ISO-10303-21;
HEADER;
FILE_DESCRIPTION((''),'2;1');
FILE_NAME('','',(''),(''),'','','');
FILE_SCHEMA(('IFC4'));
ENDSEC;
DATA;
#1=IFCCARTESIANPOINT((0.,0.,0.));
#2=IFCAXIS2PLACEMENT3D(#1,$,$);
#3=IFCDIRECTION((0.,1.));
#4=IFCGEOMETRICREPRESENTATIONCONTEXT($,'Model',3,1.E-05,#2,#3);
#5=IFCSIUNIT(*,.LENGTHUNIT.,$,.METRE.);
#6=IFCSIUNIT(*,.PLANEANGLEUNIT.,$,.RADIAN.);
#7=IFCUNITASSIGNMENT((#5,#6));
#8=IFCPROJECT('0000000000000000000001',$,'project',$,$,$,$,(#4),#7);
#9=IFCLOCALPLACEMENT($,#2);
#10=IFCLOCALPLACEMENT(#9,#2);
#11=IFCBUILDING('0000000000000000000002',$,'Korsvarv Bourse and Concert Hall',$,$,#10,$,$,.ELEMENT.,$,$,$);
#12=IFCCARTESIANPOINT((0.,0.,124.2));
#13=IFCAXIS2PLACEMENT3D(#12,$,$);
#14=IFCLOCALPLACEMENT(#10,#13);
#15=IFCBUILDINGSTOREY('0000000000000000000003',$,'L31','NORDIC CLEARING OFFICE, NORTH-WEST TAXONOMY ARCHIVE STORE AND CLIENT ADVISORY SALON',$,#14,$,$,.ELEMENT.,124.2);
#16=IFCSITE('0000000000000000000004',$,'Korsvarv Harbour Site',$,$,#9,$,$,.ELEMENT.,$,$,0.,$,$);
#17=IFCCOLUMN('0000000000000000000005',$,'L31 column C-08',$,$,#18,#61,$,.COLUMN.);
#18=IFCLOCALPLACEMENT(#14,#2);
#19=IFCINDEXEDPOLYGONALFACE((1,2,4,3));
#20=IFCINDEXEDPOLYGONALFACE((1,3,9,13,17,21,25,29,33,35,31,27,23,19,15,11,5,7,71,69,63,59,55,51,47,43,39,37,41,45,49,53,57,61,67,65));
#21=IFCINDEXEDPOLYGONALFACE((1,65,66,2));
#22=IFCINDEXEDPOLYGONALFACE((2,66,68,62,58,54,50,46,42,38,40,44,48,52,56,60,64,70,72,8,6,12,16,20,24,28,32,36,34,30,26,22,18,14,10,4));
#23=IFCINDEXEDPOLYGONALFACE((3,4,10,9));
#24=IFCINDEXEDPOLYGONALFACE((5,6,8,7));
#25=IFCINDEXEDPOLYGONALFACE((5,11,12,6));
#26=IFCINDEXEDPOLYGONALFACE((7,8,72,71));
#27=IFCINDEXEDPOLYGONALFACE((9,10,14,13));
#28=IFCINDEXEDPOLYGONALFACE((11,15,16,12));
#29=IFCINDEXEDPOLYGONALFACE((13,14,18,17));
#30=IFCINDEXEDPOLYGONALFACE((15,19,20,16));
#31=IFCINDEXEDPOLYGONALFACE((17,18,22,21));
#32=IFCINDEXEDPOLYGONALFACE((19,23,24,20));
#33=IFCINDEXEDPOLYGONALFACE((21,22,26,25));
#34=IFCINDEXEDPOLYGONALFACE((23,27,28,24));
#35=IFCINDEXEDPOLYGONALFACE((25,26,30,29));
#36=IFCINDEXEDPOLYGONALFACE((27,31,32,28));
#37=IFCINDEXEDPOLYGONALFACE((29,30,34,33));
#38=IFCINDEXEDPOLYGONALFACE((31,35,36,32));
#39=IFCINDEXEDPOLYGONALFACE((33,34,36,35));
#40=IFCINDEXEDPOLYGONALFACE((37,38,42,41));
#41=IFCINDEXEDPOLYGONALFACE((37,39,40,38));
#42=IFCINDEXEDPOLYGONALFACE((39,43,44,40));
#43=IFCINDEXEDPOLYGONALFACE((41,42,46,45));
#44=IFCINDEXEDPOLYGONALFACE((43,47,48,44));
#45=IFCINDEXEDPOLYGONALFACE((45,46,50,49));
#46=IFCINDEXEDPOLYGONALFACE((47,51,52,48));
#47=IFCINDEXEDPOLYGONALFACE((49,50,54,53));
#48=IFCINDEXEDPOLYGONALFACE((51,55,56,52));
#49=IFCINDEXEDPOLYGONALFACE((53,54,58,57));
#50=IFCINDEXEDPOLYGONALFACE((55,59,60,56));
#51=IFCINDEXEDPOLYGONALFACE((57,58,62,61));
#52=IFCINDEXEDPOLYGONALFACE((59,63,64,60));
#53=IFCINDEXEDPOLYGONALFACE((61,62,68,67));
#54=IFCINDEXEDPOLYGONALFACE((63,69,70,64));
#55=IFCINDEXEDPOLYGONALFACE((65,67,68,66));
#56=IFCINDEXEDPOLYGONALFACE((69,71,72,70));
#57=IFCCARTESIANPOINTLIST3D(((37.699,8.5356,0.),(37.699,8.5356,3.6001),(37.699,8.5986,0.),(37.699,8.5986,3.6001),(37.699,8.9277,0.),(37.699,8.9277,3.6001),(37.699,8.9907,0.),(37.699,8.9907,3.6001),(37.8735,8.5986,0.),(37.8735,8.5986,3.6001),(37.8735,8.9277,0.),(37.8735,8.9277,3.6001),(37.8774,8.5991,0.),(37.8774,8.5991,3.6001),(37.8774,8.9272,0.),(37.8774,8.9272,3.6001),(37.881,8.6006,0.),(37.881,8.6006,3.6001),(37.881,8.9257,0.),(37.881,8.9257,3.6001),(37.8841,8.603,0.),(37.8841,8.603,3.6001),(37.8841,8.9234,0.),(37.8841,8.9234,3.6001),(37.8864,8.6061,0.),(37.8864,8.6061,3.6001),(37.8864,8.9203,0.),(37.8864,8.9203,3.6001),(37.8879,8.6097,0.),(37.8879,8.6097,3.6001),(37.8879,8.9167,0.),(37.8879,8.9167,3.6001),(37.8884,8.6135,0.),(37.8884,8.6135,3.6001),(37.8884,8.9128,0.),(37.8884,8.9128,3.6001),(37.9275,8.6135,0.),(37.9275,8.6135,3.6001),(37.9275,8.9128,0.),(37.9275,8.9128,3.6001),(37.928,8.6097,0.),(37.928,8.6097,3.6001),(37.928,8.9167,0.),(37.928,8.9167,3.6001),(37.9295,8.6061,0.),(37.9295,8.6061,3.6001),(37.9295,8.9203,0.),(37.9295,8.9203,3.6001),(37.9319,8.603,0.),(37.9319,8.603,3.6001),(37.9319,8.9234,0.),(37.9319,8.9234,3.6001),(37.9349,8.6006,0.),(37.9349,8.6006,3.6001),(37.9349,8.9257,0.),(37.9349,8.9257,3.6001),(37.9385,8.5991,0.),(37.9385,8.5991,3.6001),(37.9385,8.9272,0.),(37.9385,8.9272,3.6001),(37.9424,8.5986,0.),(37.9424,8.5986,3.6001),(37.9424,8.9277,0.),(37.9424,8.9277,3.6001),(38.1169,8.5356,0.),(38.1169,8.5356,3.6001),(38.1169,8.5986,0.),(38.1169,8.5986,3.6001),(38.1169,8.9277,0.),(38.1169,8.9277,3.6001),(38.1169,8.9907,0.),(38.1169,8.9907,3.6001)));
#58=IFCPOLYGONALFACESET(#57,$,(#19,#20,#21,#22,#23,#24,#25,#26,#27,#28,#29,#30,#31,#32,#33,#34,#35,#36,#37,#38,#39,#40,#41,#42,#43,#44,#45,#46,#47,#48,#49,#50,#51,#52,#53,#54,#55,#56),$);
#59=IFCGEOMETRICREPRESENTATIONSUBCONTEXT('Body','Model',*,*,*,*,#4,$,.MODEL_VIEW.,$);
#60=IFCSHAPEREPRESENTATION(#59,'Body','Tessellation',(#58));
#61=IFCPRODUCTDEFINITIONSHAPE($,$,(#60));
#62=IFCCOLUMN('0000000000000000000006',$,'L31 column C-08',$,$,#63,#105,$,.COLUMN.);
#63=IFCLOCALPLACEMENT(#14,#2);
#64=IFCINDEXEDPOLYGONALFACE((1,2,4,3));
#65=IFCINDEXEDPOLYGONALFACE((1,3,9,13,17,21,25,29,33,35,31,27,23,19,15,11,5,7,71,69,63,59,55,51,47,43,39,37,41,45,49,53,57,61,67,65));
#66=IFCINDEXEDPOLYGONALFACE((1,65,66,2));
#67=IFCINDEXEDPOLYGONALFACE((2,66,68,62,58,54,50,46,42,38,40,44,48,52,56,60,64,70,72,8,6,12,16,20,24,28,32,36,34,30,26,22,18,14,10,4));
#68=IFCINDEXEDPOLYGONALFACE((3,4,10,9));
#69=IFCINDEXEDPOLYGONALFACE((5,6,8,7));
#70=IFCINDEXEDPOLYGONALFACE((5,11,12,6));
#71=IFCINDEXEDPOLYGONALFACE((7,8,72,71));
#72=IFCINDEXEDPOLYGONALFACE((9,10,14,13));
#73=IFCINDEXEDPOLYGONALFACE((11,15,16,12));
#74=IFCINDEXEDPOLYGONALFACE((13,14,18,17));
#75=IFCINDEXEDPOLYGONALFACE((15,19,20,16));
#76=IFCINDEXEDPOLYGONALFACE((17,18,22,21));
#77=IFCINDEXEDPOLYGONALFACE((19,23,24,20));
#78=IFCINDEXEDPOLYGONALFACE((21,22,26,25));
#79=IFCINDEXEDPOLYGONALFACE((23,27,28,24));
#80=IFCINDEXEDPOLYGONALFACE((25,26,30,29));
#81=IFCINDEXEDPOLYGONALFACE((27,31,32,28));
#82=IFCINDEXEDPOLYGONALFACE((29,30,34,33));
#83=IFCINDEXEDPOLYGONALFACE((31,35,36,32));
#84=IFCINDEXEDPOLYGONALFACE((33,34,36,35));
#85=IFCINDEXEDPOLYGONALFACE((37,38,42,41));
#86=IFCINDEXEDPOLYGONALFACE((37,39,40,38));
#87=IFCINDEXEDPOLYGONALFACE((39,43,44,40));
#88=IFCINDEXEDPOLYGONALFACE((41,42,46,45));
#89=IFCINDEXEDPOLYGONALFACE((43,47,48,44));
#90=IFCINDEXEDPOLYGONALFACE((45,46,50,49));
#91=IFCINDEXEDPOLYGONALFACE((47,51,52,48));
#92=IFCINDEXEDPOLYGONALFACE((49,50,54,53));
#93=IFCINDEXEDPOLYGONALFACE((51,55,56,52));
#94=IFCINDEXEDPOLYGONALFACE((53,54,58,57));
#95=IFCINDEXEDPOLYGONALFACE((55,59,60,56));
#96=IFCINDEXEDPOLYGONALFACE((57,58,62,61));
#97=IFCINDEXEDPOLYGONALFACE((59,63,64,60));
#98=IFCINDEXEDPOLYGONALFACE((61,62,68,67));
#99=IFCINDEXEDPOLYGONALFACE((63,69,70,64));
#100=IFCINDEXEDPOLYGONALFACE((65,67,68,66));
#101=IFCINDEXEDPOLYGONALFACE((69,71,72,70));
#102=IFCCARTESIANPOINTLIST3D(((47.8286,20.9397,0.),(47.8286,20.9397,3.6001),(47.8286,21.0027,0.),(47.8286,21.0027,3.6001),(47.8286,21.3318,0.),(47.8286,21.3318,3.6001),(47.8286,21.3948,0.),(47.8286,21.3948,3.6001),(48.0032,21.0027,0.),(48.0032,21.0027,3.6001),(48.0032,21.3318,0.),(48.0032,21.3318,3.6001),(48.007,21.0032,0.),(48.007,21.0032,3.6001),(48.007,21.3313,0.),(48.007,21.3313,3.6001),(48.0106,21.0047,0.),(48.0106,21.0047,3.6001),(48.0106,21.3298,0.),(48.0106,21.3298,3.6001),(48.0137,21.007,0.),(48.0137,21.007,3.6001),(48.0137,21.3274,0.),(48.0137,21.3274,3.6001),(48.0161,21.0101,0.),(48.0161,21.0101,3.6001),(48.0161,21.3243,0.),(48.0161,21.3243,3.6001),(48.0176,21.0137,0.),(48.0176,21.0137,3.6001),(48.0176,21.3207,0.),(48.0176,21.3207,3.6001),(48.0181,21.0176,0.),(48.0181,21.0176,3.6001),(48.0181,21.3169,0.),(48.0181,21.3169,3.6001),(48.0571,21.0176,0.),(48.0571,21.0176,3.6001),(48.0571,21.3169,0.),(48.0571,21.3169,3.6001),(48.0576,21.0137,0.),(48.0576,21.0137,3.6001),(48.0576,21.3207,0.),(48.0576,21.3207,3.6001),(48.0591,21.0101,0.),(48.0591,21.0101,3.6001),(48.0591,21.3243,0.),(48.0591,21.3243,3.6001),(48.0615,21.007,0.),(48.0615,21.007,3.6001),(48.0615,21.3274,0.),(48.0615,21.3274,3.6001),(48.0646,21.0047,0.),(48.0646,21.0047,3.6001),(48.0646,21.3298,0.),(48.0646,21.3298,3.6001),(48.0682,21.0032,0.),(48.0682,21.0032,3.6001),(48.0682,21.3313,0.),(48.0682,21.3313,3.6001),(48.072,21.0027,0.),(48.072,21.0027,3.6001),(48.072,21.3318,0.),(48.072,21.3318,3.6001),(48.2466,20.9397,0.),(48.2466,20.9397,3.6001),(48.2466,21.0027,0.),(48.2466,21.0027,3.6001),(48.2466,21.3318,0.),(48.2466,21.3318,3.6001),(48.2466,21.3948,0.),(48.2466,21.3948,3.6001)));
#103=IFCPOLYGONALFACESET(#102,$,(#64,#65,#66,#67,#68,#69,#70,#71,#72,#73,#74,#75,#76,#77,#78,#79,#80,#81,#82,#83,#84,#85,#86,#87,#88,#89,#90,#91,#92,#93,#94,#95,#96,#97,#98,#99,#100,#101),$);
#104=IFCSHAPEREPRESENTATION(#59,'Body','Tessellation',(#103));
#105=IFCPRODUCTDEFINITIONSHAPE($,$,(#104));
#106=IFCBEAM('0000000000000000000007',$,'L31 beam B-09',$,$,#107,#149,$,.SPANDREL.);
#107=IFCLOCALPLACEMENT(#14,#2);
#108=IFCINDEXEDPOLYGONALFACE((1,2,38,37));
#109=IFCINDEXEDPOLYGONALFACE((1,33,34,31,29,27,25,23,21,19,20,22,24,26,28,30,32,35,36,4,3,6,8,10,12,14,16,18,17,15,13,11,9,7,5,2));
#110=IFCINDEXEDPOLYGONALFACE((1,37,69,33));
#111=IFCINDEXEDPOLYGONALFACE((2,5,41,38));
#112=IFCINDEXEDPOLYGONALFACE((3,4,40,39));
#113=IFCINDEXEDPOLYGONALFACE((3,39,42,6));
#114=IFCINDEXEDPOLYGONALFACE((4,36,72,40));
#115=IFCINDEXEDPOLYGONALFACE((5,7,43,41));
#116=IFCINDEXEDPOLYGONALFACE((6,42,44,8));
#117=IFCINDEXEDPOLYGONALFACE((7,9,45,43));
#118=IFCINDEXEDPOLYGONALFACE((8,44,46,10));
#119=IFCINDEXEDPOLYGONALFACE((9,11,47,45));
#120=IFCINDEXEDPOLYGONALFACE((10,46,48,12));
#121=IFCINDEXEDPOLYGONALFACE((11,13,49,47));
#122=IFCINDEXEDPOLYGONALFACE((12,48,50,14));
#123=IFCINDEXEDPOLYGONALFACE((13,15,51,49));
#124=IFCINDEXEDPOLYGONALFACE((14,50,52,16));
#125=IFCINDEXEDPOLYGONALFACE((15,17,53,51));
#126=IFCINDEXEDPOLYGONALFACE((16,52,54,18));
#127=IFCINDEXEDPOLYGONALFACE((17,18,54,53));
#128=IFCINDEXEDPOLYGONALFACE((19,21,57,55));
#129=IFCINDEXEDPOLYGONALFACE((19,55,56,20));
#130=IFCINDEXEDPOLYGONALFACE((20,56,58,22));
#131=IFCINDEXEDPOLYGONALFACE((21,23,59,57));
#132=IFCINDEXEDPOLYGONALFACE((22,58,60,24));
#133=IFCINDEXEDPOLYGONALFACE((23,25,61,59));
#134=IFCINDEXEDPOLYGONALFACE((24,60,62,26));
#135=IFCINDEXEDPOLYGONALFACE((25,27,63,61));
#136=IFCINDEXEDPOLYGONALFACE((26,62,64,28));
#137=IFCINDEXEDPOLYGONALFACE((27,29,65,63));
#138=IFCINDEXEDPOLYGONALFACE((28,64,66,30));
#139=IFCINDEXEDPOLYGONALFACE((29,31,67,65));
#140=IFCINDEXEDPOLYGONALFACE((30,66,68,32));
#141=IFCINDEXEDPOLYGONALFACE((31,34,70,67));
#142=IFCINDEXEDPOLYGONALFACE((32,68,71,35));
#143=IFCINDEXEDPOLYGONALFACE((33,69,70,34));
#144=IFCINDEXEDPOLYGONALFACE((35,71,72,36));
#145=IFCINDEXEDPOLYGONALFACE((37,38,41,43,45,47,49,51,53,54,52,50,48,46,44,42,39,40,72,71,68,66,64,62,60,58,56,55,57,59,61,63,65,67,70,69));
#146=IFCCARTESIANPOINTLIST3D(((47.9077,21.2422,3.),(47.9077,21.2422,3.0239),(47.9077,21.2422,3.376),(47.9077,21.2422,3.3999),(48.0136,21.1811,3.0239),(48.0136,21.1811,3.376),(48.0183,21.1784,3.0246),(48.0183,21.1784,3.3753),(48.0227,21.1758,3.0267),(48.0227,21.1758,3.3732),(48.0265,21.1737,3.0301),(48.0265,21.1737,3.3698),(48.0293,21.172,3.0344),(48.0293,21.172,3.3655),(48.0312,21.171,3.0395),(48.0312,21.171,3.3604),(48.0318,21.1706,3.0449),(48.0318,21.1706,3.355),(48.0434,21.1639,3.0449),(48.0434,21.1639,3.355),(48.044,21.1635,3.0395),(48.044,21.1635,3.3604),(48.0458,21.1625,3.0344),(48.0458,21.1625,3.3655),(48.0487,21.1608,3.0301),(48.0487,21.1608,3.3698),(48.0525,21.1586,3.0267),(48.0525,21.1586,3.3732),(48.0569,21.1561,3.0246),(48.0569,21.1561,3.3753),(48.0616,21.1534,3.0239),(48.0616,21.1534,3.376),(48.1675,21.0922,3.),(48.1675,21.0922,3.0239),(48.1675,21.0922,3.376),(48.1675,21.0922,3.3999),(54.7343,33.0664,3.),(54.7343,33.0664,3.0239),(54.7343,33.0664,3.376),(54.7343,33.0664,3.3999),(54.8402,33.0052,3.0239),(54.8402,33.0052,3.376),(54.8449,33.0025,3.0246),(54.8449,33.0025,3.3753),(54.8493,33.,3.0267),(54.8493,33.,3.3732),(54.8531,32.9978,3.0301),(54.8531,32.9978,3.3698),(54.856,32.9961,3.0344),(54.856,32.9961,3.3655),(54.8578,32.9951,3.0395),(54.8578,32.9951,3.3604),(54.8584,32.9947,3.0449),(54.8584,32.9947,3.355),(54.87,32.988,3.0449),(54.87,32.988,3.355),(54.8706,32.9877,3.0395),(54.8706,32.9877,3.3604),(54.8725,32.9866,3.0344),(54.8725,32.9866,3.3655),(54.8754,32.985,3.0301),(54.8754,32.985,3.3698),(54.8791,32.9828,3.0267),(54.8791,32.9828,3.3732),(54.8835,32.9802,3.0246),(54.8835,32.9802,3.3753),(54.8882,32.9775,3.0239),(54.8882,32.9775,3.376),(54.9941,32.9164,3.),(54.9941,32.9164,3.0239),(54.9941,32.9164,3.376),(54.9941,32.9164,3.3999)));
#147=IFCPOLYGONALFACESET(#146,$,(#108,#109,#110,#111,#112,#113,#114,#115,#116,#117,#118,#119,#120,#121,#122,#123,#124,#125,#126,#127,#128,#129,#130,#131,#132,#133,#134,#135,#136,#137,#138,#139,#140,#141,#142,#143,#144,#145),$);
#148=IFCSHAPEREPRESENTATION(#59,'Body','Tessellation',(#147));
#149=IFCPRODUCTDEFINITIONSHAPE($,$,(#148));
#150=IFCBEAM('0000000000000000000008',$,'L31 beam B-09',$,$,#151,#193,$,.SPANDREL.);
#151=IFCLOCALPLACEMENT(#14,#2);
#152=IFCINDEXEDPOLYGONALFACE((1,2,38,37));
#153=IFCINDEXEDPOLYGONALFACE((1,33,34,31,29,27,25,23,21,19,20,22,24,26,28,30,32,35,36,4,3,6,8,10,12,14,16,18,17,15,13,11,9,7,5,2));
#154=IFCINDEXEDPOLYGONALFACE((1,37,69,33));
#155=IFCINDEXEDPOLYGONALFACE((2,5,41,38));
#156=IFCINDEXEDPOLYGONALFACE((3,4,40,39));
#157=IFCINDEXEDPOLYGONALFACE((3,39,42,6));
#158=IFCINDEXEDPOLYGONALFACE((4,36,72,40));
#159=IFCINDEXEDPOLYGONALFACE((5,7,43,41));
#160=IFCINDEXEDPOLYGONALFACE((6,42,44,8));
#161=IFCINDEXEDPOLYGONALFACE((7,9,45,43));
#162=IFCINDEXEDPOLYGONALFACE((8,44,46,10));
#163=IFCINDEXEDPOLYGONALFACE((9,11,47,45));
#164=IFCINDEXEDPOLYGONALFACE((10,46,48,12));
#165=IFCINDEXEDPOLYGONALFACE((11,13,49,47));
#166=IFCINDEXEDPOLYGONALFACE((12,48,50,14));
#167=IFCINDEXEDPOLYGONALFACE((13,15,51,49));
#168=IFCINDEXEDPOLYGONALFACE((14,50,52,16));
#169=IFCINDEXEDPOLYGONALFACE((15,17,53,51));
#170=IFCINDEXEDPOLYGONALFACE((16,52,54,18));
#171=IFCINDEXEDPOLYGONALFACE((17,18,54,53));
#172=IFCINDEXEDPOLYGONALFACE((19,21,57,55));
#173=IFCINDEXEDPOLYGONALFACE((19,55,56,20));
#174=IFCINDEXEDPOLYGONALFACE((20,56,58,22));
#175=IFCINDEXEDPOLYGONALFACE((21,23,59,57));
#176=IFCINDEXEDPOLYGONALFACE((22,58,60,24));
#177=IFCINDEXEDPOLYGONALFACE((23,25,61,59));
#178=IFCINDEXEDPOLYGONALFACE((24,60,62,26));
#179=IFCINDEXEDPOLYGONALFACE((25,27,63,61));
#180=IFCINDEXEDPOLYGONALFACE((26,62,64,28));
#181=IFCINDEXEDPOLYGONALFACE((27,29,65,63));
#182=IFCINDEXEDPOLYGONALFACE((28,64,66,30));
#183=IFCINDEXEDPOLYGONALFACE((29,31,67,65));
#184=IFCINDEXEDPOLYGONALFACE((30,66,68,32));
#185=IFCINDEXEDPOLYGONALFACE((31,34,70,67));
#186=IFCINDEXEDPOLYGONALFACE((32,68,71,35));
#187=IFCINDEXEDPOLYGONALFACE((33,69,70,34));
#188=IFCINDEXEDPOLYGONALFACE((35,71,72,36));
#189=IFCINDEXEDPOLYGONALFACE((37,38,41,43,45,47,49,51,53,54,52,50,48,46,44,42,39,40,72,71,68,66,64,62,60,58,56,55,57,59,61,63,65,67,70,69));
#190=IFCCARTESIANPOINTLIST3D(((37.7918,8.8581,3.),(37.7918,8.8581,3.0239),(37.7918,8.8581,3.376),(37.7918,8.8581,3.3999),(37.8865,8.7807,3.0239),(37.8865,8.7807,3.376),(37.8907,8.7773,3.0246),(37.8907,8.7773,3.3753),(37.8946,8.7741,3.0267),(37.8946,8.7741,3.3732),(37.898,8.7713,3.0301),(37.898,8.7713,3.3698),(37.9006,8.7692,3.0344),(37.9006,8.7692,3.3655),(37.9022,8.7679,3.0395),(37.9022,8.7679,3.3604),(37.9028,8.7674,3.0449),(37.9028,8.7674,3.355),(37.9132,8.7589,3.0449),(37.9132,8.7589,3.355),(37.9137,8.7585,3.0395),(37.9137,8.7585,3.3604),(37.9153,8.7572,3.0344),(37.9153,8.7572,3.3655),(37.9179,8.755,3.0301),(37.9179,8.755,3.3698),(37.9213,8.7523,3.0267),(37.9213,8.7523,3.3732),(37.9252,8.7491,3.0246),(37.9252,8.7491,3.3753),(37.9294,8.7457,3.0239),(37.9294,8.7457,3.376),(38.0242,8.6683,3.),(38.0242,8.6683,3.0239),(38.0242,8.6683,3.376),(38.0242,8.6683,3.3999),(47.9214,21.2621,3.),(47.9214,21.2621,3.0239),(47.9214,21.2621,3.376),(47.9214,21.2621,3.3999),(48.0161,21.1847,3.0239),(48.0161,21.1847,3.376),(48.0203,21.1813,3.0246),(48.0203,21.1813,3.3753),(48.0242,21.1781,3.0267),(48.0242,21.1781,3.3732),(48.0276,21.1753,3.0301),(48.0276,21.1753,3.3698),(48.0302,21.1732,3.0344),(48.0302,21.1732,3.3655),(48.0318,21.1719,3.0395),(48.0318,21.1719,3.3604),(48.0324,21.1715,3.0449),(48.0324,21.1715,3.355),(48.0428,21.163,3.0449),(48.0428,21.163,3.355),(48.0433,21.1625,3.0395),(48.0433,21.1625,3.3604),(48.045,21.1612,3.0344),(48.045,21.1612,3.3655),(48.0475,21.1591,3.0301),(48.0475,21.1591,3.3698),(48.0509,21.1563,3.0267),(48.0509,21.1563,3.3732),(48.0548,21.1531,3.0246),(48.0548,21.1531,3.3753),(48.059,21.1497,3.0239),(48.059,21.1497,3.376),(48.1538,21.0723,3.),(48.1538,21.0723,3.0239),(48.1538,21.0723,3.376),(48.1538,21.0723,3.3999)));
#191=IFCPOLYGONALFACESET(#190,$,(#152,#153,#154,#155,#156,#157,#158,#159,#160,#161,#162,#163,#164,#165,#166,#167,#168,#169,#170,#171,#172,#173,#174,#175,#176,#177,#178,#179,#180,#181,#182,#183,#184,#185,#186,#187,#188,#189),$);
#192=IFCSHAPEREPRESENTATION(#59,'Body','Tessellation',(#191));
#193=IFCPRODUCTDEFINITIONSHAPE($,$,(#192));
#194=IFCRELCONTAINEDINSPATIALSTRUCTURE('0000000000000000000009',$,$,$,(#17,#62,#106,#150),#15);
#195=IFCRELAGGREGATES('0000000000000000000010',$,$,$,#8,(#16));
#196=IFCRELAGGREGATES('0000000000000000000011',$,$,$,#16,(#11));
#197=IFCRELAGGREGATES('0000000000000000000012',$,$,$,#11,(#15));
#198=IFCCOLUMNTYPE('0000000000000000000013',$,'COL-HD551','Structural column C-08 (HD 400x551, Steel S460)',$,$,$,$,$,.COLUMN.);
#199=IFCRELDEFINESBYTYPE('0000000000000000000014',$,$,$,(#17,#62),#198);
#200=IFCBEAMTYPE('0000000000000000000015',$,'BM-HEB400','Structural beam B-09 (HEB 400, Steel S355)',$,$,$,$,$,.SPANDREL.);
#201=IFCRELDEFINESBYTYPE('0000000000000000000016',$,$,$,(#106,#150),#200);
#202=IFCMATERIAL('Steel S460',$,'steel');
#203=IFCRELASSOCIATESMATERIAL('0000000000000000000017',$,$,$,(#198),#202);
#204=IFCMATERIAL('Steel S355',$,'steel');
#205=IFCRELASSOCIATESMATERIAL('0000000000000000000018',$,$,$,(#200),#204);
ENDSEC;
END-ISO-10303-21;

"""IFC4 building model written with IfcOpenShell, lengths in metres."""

from ifc_helpers import new_model, si_unit, direction, frame, origin, origin_2d, place, context, subcontext, project, spatial, i_section, extrude, source, transform, mapped, material, material_profile, profile_set, type_object, element, save


model = new_model("IFC4")

# Units and contexts
model_context = context("Model", 3, precision=1e-05, world=origin(), true_north=direction((0.0, 1.0)))
body_context = subcontext(model_context, "Body", "Model", "MODEL_VIEW")
ifc_project = project(units=[si_unit("LENGTHUNIT", "METRE"), si_unit("PLANEANGLEUNIT", "RADIAN")], contexts=[model_context])

# Site, building, storey
site_placement = place(None, origin())
site = spatial("IfcSite", under=ifc_project, at=site_placement, Name="Korsvarv Harbour Site", CompositionType="ELEMENT", RefElevation=0.0)
building_placement = place(site_placement, origin())
building = spatial("IfcBuilding", under=site, at=building_placement, Name="Korsvarv Bourse and Concert Hall", CompositionType="ELEMENT")
storey_placement = place(building_placement, frame((0.0, 0.0, 124.2)))
storey = spatial("IfcBuildingStorey", under=building, at=storey_placement, Name="L31", Description="NORDIC CLEARING OFFICE, NORTH-WEST TAXONOMY ARCHIVE STORE AND CLIENT ADVISORY SALON", CompositionType="ELEMENT", Elevation=124.2)

# Columns
ifc_material_1 = material(Name="Steel S460", Category="steel")
ifc_material_profile_1 = material_profile(ifc_material_1, i_section(OverallWidth=0.418, OverallDepth=0.4551, WebThickness=0.0391, FlangeThickness=0.063, FilletRadius=0.0149, at=origin_2d()), Name="HD 400x551")
ifc_profile_set_1 = profile_set([ifc_material_profile_1], Name="Steel S460")
column_type = type_object("IfcColumnType", Name="COL-HD551", Description="Structural column C-08 (HD 400x551, Steel S460)", PredefinedType="COLUMN", material=ifc_profile_set_1)
shared_shape_1 = source(origin(), body_context, "Body", "SweptSolid", [
    extrude(i_section(OverallWidth=0.418, OverallDepth=0.4551, WebThickness=0.0391, FlangeThickness=0.063, FilletRadius=0.0149, at=origin_2d()), origin(), (0.0, 0.0, 1.0), 3.6001),
])
for number, where, z_axis, x_axis, name in (
    (1, (37.908, 8.7632, 0.0), (0.0, 0.0, 1.0), (1.0, 0.0, 0.0), "L31 column C-08"),
    (2, (48.0376, 21.1672, 0.0), (0.0, 0.0, 1.0), (1.0, 0.0, 0.0), "L31 column C-08"),
):
    element("IfcColumn", number, at=place(storey_placement, frame(where, z_axis=z_axis, x_axis=x_axis)), inside=storey, type_object=column_type, Name=name, PredefinedType="COLUMN", context=body_context, shape_type="MappedRepresentation", body=[
        mapped(shared_shape_1, transform((0.0, 0.0, 0.0), scale=1.0)),
    ])

# Beams
ifc_material_2 = material(Name="Steel S355", Category="steel")
ifc_material_profile_2 = material_profile(ifc_material_2, i_section(OverallWidth=0.3, OverallDepth=0.3999, WebThickness=0.0134, FlangeThickness=0.0239, FilletRadius=0.021, at=origin_2d()), Name="HEB 400")
ifc_profile_set_2 = profile_set([ifc_material_profile_2], Name="Steel S355")
beam_type_1 = type_object("IfcBeamType", Name="BM-HEB400", Description="Structural beam B-09 (HEB 400, Steel S355)", PredefinedType="SPANDREL", material=ifc_profile_set_2)
shared_shape_2 = source(origin(), body_context, "Body", "SweptSolid", [
    extrude(i_section(OverallWidth=0.3, OverallDepth=0.3999, WebThickness=0.0134, FlangeThickness=0.0239, FilletRadius=0.021, at=origin_2d()), origin(), (0.0, 0.0, 1.0), 13.6533),
])
beam_1_placement = place(storey_placement, frame((48.0376, 21.1672, 3.2), z_axis=(0.499997, 0.866027, 0.0), x_axis=(-0.866027, 0.499997, 0.0)))
element("IfcBeam", 3, at=beam_1_placement, inside=storey, type_object=beam_type_1, Name="L31 beam B-09", PredefinedType="SPANDREL", context=body_context, shape_type="MappedRepresentation", body=[
    mapped(shared_shape_2, transform((0.0, 0.0, 0.0), scale=1.0)),
])
shared_shape_3 = source(origin(), body_context, "Body", "SweptSolid", [
    extrude(i_section(OverallWidth=0.3, OverallDepth=0.3999, WebThickness=0.0134, FlangeThickness=0.0239, FilletRadius=0.021, at=origin_2d()), origin(), (0.0, 0.0, 1.0), 16.0146),
])
beam_2_placement = place(storey_placement, frame((37.908, 8.7632, 3.2), z_axis=(0.632522, 0.774542, 0.0), x_axis=(-0.774542, 0.632522, 0.0)))
element("IfcBeam", 4, at=beam_2_placement, inside=storey, type_object=beam_type_1, Name="L31 beam B-09", PredefinedType="SPANDREL", context=body_context, shape_type="MappedRepresentation", body=[
    mapped(shared_shape_3, transform((0.0, 0.0, 0.0), scale=1.0)),
])

save(model, "model.ifc")
